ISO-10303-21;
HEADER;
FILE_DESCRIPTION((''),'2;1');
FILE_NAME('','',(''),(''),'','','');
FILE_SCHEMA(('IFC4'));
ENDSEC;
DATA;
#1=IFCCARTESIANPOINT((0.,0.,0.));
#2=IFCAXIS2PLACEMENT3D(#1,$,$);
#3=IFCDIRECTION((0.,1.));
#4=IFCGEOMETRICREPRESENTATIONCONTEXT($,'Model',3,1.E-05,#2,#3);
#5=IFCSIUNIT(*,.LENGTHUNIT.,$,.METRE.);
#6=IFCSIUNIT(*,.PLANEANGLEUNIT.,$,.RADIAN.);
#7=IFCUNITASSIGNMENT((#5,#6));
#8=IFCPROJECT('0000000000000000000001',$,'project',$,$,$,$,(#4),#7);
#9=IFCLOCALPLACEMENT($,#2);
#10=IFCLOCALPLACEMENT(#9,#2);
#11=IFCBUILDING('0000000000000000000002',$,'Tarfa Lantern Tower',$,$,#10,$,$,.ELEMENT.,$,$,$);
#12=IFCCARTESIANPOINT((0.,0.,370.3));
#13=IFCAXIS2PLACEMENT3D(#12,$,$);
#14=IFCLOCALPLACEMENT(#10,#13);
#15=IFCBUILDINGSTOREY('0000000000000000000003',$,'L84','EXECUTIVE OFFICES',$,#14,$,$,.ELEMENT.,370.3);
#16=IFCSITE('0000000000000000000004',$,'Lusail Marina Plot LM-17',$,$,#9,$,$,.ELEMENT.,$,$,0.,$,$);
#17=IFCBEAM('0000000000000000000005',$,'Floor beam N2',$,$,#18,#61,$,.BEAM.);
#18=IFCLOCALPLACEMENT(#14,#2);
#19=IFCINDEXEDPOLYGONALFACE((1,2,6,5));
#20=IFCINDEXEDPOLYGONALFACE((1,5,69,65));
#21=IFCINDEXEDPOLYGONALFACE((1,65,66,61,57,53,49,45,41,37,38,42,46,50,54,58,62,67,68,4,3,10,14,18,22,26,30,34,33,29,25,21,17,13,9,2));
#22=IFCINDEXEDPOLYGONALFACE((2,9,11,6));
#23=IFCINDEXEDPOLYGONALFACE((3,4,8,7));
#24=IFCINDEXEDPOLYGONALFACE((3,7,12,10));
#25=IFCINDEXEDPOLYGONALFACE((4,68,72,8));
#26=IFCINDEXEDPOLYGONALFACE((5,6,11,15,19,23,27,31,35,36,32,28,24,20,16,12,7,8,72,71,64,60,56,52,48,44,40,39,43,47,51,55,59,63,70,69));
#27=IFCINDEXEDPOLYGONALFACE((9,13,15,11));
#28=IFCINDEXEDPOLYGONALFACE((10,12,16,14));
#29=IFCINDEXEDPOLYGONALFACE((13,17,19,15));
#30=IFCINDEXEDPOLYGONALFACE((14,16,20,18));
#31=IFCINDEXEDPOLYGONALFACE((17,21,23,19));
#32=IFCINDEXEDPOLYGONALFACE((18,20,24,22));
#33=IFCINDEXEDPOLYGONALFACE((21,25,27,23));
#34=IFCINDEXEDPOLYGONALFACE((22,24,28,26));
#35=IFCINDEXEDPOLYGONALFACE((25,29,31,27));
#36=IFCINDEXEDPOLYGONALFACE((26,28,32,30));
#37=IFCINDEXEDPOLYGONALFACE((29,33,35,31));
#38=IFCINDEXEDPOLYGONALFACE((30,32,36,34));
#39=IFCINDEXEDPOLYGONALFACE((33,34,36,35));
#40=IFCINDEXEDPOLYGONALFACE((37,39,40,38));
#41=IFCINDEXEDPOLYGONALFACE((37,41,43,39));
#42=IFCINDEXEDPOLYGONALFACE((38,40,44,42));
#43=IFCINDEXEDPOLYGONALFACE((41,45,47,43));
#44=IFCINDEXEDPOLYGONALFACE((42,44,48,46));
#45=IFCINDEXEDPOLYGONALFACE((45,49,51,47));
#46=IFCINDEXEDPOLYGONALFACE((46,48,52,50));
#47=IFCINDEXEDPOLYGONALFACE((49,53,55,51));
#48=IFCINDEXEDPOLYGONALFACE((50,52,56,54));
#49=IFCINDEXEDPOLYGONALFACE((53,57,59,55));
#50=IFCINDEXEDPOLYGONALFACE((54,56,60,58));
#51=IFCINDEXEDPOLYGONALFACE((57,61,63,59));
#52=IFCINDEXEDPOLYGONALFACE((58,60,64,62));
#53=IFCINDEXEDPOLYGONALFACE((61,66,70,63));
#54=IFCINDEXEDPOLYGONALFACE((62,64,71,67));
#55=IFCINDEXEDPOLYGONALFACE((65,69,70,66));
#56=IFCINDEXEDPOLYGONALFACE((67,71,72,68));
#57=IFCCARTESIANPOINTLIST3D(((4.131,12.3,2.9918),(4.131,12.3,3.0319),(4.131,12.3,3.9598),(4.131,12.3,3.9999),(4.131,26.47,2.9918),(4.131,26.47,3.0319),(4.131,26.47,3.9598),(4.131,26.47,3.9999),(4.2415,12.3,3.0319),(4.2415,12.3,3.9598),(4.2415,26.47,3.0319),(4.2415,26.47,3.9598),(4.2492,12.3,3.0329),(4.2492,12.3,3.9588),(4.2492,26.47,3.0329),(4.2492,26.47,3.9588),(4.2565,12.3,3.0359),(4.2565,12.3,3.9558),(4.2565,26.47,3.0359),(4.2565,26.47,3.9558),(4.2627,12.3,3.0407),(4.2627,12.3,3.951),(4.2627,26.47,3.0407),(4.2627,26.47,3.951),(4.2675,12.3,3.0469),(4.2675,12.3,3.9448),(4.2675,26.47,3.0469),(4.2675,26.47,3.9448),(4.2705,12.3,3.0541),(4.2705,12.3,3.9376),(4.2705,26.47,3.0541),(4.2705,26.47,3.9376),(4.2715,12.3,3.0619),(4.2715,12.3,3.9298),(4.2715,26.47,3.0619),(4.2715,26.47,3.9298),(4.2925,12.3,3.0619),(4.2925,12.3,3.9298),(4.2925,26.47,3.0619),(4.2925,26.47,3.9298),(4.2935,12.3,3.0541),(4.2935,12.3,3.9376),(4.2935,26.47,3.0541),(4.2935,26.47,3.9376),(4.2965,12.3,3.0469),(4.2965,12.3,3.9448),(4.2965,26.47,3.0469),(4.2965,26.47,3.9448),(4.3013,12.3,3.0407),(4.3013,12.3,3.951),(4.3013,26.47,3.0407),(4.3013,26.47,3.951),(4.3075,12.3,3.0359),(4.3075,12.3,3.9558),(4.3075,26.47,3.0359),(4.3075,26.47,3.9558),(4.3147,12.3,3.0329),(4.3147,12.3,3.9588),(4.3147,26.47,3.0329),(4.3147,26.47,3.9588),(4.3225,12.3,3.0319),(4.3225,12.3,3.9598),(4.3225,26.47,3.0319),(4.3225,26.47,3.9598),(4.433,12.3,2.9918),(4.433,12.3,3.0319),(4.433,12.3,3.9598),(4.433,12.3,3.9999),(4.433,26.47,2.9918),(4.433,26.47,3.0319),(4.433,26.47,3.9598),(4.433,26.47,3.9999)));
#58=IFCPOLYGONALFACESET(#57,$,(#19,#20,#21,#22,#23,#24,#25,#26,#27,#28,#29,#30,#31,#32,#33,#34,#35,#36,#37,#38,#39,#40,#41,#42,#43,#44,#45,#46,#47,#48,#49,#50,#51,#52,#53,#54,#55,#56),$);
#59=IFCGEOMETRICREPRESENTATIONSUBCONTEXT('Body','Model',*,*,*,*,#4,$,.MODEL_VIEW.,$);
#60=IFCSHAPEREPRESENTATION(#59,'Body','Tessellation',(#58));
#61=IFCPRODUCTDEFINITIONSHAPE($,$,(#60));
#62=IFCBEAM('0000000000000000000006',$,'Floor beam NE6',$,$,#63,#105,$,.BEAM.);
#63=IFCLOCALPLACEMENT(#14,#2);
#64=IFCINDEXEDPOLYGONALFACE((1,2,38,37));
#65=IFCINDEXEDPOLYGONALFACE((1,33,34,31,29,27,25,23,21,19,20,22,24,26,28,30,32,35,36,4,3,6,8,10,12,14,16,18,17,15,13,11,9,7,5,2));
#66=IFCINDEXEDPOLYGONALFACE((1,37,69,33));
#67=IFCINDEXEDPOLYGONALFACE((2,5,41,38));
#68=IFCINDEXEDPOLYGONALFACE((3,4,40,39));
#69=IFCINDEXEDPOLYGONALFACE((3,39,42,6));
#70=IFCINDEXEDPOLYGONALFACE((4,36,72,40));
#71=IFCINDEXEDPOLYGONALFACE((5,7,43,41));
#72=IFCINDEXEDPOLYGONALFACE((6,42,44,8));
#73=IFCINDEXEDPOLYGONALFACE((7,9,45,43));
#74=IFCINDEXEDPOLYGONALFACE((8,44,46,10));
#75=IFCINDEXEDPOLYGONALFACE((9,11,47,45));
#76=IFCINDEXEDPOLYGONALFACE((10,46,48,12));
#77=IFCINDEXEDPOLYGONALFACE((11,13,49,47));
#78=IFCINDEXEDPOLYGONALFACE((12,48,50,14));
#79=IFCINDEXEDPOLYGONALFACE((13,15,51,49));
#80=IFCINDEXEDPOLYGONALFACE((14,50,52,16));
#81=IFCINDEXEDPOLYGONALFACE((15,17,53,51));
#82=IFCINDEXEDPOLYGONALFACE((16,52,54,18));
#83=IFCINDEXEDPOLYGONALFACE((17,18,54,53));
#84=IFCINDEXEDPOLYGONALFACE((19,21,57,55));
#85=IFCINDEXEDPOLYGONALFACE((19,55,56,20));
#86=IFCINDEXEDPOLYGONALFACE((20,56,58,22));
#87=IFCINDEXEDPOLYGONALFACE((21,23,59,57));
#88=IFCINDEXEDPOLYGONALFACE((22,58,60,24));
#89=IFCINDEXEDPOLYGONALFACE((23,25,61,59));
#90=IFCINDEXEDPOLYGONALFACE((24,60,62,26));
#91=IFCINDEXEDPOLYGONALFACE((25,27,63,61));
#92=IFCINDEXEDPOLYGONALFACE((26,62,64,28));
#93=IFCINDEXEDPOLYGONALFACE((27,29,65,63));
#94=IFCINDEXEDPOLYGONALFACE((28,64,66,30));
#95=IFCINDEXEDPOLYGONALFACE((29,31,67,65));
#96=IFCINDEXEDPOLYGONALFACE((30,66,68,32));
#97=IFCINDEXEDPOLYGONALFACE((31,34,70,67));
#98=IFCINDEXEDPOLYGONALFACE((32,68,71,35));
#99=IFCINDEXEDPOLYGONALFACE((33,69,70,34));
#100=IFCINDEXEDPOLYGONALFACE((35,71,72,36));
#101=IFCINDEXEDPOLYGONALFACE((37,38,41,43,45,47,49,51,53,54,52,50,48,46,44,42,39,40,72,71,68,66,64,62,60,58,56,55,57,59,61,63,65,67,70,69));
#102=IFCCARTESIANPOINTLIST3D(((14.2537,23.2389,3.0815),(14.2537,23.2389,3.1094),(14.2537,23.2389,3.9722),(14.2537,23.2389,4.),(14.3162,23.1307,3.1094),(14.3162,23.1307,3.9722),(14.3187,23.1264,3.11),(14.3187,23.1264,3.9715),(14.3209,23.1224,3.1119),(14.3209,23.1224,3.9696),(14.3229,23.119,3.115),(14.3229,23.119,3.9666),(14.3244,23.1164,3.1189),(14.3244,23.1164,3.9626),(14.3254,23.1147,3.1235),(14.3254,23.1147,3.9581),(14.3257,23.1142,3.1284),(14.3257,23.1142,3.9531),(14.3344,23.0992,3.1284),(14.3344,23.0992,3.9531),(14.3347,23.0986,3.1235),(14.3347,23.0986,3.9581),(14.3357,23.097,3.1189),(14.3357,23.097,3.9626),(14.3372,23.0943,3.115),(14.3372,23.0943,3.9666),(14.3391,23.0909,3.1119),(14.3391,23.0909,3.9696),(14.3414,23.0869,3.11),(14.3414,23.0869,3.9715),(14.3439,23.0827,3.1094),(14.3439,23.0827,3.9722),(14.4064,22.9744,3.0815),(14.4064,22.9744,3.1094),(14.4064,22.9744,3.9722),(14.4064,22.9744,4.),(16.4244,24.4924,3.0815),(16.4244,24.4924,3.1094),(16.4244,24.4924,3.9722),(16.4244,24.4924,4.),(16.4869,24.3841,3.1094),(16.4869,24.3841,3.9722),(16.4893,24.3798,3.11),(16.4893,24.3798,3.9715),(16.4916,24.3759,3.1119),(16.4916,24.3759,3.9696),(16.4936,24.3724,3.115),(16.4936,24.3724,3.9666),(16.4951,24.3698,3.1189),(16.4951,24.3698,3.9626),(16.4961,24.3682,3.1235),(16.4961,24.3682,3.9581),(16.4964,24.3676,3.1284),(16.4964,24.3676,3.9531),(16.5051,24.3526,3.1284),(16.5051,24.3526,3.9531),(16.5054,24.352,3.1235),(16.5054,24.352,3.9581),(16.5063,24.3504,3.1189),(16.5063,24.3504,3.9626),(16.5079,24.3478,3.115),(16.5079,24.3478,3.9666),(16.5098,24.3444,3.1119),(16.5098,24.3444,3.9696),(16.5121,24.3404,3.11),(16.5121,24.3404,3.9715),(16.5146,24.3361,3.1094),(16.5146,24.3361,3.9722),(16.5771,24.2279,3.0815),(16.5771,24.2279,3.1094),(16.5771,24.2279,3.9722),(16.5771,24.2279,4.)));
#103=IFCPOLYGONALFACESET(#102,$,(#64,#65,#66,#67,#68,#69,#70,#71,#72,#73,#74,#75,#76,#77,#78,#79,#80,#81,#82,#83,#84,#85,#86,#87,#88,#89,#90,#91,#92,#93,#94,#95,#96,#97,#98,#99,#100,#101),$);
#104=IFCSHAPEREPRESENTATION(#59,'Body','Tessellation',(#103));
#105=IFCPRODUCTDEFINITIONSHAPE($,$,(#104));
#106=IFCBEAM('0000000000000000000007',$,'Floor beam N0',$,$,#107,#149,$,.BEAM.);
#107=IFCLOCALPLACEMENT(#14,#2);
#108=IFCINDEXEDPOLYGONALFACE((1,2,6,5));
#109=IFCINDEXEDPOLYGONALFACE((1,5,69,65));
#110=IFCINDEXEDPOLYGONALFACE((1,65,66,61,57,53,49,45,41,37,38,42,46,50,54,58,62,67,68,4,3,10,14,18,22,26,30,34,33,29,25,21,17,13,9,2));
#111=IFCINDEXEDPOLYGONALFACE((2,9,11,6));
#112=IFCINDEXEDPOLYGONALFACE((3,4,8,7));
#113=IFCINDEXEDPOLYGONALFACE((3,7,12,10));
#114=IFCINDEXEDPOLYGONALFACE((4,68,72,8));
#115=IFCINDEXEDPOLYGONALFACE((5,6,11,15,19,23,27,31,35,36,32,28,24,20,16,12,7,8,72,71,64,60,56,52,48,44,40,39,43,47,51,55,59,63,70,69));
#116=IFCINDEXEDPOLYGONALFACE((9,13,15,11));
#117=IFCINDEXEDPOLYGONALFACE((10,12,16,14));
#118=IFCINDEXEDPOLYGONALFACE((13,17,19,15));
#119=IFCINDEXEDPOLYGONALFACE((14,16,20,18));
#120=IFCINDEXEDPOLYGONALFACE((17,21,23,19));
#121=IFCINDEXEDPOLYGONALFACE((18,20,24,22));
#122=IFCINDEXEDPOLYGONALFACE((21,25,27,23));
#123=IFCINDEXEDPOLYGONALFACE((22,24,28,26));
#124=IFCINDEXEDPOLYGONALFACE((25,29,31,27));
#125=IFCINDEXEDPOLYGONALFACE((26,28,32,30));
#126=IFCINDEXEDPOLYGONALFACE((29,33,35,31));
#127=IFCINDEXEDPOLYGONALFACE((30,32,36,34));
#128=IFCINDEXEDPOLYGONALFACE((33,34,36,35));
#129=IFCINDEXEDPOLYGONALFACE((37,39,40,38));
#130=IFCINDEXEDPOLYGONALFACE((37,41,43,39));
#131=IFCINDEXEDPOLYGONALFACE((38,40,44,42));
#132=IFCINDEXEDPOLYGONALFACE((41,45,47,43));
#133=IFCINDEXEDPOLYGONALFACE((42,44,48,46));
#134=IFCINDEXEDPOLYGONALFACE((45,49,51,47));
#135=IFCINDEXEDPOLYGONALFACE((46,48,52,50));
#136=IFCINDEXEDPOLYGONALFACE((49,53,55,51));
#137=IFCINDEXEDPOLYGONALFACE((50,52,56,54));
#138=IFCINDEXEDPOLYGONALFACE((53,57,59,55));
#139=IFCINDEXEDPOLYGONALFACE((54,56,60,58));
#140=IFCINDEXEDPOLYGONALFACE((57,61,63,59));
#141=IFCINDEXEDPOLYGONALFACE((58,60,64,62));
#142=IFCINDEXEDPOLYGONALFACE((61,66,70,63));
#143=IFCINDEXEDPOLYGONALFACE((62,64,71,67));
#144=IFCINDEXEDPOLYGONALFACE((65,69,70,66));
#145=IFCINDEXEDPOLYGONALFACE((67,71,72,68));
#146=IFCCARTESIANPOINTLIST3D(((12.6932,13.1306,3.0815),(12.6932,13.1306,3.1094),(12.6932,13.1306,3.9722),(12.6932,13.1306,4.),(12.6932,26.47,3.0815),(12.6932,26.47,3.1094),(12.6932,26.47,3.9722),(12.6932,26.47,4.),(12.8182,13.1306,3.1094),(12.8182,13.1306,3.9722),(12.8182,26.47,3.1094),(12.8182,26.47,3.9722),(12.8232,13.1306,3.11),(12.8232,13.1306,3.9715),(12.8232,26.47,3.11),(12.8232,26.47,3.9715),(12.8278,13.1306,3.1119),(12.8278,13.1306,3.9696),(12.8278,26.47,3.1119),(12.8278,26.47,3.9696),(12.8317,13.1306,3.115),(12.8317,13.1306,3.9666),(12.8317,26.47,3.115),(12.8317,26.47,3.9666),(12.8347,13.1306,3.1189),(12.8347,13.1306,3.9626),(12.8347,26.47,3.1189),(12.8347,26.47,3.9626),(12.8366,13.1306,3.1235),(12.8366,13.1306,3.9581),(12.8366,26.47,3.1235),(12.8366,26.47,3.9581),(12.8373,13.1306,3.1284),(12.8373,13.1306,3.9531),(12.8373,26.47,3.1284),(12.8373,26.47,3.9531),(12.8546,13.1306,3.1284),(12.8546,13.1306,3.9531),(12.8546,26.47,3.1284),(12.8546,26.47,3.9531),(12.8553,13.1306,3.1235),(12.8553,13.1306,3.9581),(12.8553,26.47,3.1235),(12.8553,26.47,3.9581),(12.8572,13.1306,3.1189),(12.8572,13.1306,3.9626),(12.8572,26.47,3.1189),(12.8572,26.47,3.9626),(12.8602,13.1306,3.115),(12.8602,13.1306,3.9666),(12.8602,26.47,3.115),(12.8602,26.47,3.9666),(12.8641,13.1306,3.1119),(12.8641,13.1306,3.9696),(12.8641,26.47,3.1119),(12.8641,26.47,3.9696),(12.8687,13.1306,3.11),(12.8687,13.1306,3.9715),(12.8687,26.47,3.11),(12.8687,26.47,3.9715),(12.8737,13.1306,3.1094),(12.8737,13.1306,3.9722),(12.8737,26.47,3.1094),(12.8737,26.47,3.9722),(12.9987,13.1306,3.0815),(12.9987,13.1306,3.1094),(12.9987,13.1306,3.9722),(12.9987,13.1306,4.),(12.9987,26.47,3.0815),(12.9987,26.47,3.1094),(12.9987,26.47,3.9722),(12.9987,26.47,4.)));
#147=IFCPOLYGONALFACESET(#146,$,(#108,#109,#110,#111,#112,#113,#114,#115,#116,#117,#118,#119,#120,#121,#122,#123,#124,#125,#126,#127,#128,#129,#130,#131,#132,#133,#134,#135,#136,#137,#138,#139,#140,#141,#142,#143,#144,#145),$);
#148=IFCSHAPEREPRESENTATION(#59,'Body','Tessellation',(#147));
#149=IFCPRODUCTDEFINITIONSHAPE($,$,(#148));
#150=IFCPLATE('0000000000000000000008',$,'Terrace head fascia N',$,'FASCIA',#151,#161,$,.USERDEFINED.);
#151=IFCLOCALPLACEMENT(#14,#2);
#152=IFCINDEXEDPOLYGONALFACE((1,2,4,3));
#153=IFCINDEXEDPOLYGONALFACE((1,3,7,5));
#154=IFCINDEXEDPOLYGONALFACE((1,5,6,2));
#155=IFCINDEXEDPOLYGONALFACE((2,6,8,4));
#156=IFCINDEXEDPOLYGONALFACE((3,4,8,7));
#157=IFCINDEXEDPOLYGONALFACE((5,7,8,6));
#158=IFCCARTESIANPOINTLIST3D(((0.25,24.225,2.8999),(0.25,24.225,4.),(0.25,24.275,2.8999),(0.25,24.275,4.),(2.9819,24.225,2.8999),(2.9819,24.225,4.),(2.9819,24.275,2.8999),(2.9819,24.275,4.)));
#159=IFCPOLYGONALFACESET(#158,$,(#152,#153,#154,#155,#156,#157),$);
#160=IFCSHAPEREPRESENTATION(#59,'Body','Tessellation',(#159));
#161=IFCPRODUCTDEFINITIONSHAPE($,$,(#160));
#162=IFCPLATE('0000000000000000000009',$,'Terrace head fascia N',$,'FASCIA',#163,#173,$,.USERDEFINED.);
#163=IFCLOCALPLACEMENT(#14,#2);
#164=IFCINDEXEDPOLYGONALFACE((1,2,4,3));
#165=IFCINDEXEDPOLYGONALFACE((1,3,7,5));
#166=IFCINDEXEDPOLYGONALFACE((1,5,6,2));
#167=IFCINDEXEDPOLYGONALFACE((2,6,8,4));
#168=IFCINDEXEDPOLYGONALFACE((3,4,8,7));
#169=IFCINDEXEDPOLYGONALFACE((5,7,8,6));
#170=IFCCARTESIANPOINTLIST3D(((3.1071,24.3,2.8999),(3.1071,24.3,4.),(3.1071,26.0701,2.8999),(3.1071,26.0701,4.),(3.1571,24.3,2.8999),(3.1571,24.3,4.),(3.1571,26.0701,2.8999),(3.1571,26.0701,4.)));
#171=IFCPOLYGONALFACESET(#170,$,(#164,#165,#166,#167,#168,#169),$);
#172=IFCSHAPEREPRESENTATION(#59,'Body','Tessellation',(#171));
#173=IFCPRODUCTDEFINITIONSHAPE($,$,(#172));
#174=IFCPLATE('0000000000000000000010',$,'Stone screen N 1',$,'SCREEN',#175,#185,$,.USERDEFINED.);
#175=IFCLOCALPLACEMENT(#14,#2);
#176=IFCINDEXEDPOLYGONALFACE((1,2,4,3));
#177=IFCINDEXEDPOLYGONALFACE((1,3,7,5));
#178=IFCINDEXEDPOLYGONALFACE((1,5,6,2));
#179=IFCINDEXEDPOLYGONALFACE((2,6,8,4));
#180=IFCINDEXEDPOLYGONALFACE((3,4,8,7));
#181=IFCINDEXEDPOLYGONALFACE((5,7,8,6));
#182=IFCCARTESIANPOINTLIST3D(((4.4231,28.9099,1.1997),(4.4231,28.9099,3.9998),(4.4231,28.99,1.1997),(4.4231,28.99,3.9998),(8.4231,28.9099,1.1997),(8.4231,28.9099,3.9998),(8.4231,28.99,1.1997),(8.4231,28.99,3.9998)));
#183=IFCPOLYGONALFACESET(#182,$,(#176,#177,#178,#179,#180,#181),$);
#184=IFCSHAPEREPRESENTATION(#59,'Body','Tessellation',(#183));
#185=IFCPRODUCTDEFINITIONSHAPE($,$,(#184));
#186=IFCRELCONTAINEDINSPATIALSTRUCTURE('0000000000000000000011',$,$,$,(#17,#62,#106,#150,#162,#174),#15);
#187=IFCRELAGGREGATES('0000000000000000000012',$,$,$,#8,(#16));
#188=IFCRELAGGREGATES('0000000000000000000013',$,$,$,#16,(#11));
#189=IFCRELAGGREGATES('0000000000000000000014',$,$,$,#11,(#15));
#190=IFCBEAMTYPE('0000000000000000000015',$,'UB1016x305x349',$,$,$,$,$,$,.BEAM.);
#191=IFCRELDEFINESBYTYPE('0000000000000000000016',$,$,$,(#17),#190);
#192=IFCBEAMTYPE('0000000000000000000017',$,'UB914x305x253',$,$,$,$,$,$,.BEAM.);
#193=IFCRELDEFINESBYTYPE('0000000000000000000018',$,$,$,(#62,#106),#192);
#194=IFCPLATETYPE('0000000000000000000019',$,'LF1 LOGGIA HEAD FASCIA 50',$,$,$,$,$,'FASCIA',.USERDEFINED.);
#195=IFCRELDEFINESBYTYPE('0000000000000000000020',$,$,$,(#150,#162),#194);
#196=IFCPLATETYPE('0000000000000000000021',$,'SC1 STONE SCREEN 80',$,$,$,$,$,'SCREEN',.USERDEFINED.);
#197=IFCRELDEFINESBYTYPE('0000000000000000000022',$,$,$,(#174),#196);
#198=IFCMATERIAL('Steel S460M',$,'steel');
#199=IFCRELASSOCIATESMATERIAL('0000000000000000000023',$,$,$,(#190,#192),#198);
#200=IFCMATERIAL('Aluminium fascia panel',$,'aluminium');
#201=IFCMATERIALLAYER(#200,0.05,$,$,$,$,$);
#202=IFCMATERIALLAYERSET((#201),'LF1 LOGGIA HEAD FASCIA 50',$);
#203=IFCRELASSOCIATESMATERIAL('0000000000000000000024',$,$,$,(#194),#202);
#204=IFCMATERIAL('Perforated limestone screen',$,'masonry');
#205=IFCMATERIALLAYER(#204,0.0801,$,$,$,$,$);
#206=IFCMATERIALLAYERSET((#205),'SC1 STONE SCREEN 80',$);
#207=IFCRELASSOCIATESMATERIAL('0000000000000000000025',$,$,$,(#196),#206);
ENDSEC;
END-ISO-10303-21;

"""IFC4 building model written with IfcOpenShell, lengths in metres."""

from ifc_helpers import new_model, si_unit, direction, frame, origin, origin_2d, place, context, subcontext, project, spatial, rectangle, i_section, extrude, material, layer, layer_set, material_profile, profile_set, type_object, element, save


model = new_model("IFC4")

# Units and contexts
model_context = context("Model", 3, precision=1e-05, world=origin(), true_north=direction((0.0, 1.0)))
body_context = subcontext(model_context, "Body", "Model", "MODEL_VIEW")
ifc_project = project(units=[si_unit("LENGTHUNIT", "METRE"), si_unit("PLANEANGLEUNIT", "RADIAN")], contexts=[model_context])

# Site, building, storey
site_placement = place(None, origin())
site = spatial("IfcSite", under=ifc_project, at=site_placement, Name="Lusail Marina Plot LM-17", CompositionType="ELEMENT", RefElevation=0.0)
building_placement = place(site_placement, origin())
building = spatial("IfcBuilding", under=site, at=building_placement, Name="Tarfa Lantern Tower", CompositionType="ELEMENT")
storey_placement = place(building_placement, frame((0.0, 0.0, 370.3)))
storey = spatial("IfcBuildingStorey", under=building, at=storey_placement, Name="L84", Description="EXECUTIVE OFFICES", CompositionType="ELEMENT", Elevation=370.3)

# Beams
ifc_material_1 = material(Name="Steel S460M", Category="steel")
ifc_material_profile_1 = material_profile(ifc_material_1, i_section(OverallWidth=0.302, OverallDepth=1.0081, WebThickness=0.021, FlangeThickness=0.04, FilletRadius=0.03, at=origin_2d()), Name="UB1016x305x349")
ifc_profile_set_1 = profile_set([ifc_material_profile_1], Name="Steel S460M")
beam_type_1 = type_object("IfcBeamType", Name="UB1016x305x349", PredefinedType="BEAM", material=ifc_profile_set_1)
for number, where, z_axis, x_axis, name in (
    (1, (4.282, 26.47, 3.4958), (0.0, -1.0, 0.0), (1.0, 0.0, 0.0), "Floor beam N2"),
):
    element("IfcBeam", number, at=place(storey_placement, frame(where, z_axis=z_axis, x_axis=x_axis)), inside=storey, type_object=beam_type_1, Name=name, PredefinedType="BEAM", context=body_context, shape_type="SweptSolid", body=[
        extrude(i_section(OverallWidth=0.302, OverallDepth=1.0081, WebThickness=0.021, FlangeThickness=0.04, FilletRadius=0.03, at=origin_2d()), origin(), (0.0, 0.0, 1.0), 14.1699),
    ])
ifc_material_profile_2 = material_profile(ifc_material_1, i_section(OverallWidth=0.3054, OverallDepth=0.9185, WebThickness=0.0173, FlangeThickness=0.0278, FilletRadius=0.019, at=origin_2d()), Name="UB914x305x253")
ifc_profile_set_2 = profile_set([ifc_material_profile_2], Name="Steel S460M")
beam_type_2 = type_object("IfcBeamType", Name="UB914x305x253", PredefinedType="BEAM", material=ifc_profile_set_2)
beam_1_placement = place(storey_placement, frame((16.5007, 24.3601, 3.5408), z_axis=(-0.865993, -0.500057, 0.0), x_axis=(0.500057, -0.865993, 0.0)))
element("IfcBeam", 2, at=beam_1_placement, inside=storey, type_object=beam_type_2, Name="Floor beam NE6", PredefinedType="BEAM", context=body_context, shape_type="SweptSolid", body=[
    extrude(i_section(OverallWidth=0.3054, OverallDepth=0.9185, WebThickness=0.0173, FlangeThickness=0.0278, FilletRadius=0.019, at=origin_2d()), origin(), (0.0, 0.0, 1.0), 2.5066),
])
beam_2_placement = place(storey_placement, frame((12.8459, 26.47, 3.5408), z_axis=(0.0, -1.0, 0.0), x_axis=(1.0, 0.0, 0.0)))
element("IfcBeam", 3, at=beam_2_placement, inside=storey, type_object=beam_type_2, Name="Floor beam N0", PredefinedType="BEAM", context=body_context, shape_type="SweptSolid", body=[
    extrude(i_section(OverallWidth=0.3054, OverallDepth=0.9185, WebThickness=0.0173, FlangeThickness=0.0278, FilletRadius=0.019, at=origin_2d()), origin(), (0.0, 0.0, 1.0), 13.3394),
])

# Plates
ifc_material_2 = material(Name="Aluminium fascia panel", Category="aluminium")
ifc_layer_1 = layer(ifc_material_2, 0.05)
ifc_layer_set_1 = layer_set([ifc_layer_1], Name="LF1 LOGGIA HEAD FASCIA 50")
plate_type_1 = type_object("IfcPlateType", Name="LF1 LOGGIA HEAD FASCIA 50", ElementType="FASCIA", PredefinedType="USERDEFINED", material=ifc_layer_set_1)
plate_1_placement = place(storey_placement, frame((1.616, 24.25, 2.8999), z_axis=(0.0, 0.0, 1.0), x_axis=(-1.0, 0.0, 0.0)))
element("IfcPlate", 4, at=plate_1_placement, inside=storey, type_object=plate_type_1, Name="Terrace head fascia N", ObjectType="FASCIA", PredefinedType="USERDEFINED", context=body_context, shape_type="SweptSolid", body=[
    extrude(rectangle(XDim=2.7319, YDim=0.05, at=origin_2d()), origin(), (0.0, 0.0, 1.0), 1.1001),
])
plate_2_placement = place(storey_placement, frame((3.1321, 25.1851, 2.8999), z_axis=(0.0, 0.0, 1.0), x_axis=(0.0, -1.0, 0.0)))
element("IfcPlate", 5, at=plate_2_placement, inside=storey, type_object=plate_type_1, Name="Terrace head fascia N", ObjectType="FASCIA", PredefinedType="USERDEFINED", context=body_context, shape_type="SweptSolid", body=[
    extrude(rectangle(XDim=1.77, YDim=0.05, at=origin_2d()), origin(), (0.0, 0.0, 1.0), 1.1001),
])
ifc_material_3 = material(Name="Perforated limestone screen", Category="masonry")
ifc_layer_2 = layer(ifc_material_3, 0.0801)
ifc_layer_set_2 = layer_set([ifc_layer_2], Name="SC1 STONE SCREEN 80")
plate_type_2 = type_object("IfcPlateType", Name="SC1 STONE SCREEN 80", ElementType="SCREEN", PredefinedType="USERDEFINED", material=ifc_layer_set_2)
plate_3_placement = place(storey_placement, frame((6.4231, 28.95, 1.1997), z_axis=(0.0, 0.0, 1.0), x_axis=(-1.0, 0.0, 0.0)))
element("IfcPlate", 6, at=plate_3_placement, inside=storey, type_object=plate_type_2, Name="Stone screen N 1", ObjectType="SCREEN", PredefinedType="USERDEFINED", context=body_context, shape_type="SweptSolid", body=[
    extrude(rectangle(XDim=4.0, YDim=0.0801, at=origin_2d()), origin(), (0.0, 0.0, 1.0), 2.8),
])

save(model, "model.ifc")
